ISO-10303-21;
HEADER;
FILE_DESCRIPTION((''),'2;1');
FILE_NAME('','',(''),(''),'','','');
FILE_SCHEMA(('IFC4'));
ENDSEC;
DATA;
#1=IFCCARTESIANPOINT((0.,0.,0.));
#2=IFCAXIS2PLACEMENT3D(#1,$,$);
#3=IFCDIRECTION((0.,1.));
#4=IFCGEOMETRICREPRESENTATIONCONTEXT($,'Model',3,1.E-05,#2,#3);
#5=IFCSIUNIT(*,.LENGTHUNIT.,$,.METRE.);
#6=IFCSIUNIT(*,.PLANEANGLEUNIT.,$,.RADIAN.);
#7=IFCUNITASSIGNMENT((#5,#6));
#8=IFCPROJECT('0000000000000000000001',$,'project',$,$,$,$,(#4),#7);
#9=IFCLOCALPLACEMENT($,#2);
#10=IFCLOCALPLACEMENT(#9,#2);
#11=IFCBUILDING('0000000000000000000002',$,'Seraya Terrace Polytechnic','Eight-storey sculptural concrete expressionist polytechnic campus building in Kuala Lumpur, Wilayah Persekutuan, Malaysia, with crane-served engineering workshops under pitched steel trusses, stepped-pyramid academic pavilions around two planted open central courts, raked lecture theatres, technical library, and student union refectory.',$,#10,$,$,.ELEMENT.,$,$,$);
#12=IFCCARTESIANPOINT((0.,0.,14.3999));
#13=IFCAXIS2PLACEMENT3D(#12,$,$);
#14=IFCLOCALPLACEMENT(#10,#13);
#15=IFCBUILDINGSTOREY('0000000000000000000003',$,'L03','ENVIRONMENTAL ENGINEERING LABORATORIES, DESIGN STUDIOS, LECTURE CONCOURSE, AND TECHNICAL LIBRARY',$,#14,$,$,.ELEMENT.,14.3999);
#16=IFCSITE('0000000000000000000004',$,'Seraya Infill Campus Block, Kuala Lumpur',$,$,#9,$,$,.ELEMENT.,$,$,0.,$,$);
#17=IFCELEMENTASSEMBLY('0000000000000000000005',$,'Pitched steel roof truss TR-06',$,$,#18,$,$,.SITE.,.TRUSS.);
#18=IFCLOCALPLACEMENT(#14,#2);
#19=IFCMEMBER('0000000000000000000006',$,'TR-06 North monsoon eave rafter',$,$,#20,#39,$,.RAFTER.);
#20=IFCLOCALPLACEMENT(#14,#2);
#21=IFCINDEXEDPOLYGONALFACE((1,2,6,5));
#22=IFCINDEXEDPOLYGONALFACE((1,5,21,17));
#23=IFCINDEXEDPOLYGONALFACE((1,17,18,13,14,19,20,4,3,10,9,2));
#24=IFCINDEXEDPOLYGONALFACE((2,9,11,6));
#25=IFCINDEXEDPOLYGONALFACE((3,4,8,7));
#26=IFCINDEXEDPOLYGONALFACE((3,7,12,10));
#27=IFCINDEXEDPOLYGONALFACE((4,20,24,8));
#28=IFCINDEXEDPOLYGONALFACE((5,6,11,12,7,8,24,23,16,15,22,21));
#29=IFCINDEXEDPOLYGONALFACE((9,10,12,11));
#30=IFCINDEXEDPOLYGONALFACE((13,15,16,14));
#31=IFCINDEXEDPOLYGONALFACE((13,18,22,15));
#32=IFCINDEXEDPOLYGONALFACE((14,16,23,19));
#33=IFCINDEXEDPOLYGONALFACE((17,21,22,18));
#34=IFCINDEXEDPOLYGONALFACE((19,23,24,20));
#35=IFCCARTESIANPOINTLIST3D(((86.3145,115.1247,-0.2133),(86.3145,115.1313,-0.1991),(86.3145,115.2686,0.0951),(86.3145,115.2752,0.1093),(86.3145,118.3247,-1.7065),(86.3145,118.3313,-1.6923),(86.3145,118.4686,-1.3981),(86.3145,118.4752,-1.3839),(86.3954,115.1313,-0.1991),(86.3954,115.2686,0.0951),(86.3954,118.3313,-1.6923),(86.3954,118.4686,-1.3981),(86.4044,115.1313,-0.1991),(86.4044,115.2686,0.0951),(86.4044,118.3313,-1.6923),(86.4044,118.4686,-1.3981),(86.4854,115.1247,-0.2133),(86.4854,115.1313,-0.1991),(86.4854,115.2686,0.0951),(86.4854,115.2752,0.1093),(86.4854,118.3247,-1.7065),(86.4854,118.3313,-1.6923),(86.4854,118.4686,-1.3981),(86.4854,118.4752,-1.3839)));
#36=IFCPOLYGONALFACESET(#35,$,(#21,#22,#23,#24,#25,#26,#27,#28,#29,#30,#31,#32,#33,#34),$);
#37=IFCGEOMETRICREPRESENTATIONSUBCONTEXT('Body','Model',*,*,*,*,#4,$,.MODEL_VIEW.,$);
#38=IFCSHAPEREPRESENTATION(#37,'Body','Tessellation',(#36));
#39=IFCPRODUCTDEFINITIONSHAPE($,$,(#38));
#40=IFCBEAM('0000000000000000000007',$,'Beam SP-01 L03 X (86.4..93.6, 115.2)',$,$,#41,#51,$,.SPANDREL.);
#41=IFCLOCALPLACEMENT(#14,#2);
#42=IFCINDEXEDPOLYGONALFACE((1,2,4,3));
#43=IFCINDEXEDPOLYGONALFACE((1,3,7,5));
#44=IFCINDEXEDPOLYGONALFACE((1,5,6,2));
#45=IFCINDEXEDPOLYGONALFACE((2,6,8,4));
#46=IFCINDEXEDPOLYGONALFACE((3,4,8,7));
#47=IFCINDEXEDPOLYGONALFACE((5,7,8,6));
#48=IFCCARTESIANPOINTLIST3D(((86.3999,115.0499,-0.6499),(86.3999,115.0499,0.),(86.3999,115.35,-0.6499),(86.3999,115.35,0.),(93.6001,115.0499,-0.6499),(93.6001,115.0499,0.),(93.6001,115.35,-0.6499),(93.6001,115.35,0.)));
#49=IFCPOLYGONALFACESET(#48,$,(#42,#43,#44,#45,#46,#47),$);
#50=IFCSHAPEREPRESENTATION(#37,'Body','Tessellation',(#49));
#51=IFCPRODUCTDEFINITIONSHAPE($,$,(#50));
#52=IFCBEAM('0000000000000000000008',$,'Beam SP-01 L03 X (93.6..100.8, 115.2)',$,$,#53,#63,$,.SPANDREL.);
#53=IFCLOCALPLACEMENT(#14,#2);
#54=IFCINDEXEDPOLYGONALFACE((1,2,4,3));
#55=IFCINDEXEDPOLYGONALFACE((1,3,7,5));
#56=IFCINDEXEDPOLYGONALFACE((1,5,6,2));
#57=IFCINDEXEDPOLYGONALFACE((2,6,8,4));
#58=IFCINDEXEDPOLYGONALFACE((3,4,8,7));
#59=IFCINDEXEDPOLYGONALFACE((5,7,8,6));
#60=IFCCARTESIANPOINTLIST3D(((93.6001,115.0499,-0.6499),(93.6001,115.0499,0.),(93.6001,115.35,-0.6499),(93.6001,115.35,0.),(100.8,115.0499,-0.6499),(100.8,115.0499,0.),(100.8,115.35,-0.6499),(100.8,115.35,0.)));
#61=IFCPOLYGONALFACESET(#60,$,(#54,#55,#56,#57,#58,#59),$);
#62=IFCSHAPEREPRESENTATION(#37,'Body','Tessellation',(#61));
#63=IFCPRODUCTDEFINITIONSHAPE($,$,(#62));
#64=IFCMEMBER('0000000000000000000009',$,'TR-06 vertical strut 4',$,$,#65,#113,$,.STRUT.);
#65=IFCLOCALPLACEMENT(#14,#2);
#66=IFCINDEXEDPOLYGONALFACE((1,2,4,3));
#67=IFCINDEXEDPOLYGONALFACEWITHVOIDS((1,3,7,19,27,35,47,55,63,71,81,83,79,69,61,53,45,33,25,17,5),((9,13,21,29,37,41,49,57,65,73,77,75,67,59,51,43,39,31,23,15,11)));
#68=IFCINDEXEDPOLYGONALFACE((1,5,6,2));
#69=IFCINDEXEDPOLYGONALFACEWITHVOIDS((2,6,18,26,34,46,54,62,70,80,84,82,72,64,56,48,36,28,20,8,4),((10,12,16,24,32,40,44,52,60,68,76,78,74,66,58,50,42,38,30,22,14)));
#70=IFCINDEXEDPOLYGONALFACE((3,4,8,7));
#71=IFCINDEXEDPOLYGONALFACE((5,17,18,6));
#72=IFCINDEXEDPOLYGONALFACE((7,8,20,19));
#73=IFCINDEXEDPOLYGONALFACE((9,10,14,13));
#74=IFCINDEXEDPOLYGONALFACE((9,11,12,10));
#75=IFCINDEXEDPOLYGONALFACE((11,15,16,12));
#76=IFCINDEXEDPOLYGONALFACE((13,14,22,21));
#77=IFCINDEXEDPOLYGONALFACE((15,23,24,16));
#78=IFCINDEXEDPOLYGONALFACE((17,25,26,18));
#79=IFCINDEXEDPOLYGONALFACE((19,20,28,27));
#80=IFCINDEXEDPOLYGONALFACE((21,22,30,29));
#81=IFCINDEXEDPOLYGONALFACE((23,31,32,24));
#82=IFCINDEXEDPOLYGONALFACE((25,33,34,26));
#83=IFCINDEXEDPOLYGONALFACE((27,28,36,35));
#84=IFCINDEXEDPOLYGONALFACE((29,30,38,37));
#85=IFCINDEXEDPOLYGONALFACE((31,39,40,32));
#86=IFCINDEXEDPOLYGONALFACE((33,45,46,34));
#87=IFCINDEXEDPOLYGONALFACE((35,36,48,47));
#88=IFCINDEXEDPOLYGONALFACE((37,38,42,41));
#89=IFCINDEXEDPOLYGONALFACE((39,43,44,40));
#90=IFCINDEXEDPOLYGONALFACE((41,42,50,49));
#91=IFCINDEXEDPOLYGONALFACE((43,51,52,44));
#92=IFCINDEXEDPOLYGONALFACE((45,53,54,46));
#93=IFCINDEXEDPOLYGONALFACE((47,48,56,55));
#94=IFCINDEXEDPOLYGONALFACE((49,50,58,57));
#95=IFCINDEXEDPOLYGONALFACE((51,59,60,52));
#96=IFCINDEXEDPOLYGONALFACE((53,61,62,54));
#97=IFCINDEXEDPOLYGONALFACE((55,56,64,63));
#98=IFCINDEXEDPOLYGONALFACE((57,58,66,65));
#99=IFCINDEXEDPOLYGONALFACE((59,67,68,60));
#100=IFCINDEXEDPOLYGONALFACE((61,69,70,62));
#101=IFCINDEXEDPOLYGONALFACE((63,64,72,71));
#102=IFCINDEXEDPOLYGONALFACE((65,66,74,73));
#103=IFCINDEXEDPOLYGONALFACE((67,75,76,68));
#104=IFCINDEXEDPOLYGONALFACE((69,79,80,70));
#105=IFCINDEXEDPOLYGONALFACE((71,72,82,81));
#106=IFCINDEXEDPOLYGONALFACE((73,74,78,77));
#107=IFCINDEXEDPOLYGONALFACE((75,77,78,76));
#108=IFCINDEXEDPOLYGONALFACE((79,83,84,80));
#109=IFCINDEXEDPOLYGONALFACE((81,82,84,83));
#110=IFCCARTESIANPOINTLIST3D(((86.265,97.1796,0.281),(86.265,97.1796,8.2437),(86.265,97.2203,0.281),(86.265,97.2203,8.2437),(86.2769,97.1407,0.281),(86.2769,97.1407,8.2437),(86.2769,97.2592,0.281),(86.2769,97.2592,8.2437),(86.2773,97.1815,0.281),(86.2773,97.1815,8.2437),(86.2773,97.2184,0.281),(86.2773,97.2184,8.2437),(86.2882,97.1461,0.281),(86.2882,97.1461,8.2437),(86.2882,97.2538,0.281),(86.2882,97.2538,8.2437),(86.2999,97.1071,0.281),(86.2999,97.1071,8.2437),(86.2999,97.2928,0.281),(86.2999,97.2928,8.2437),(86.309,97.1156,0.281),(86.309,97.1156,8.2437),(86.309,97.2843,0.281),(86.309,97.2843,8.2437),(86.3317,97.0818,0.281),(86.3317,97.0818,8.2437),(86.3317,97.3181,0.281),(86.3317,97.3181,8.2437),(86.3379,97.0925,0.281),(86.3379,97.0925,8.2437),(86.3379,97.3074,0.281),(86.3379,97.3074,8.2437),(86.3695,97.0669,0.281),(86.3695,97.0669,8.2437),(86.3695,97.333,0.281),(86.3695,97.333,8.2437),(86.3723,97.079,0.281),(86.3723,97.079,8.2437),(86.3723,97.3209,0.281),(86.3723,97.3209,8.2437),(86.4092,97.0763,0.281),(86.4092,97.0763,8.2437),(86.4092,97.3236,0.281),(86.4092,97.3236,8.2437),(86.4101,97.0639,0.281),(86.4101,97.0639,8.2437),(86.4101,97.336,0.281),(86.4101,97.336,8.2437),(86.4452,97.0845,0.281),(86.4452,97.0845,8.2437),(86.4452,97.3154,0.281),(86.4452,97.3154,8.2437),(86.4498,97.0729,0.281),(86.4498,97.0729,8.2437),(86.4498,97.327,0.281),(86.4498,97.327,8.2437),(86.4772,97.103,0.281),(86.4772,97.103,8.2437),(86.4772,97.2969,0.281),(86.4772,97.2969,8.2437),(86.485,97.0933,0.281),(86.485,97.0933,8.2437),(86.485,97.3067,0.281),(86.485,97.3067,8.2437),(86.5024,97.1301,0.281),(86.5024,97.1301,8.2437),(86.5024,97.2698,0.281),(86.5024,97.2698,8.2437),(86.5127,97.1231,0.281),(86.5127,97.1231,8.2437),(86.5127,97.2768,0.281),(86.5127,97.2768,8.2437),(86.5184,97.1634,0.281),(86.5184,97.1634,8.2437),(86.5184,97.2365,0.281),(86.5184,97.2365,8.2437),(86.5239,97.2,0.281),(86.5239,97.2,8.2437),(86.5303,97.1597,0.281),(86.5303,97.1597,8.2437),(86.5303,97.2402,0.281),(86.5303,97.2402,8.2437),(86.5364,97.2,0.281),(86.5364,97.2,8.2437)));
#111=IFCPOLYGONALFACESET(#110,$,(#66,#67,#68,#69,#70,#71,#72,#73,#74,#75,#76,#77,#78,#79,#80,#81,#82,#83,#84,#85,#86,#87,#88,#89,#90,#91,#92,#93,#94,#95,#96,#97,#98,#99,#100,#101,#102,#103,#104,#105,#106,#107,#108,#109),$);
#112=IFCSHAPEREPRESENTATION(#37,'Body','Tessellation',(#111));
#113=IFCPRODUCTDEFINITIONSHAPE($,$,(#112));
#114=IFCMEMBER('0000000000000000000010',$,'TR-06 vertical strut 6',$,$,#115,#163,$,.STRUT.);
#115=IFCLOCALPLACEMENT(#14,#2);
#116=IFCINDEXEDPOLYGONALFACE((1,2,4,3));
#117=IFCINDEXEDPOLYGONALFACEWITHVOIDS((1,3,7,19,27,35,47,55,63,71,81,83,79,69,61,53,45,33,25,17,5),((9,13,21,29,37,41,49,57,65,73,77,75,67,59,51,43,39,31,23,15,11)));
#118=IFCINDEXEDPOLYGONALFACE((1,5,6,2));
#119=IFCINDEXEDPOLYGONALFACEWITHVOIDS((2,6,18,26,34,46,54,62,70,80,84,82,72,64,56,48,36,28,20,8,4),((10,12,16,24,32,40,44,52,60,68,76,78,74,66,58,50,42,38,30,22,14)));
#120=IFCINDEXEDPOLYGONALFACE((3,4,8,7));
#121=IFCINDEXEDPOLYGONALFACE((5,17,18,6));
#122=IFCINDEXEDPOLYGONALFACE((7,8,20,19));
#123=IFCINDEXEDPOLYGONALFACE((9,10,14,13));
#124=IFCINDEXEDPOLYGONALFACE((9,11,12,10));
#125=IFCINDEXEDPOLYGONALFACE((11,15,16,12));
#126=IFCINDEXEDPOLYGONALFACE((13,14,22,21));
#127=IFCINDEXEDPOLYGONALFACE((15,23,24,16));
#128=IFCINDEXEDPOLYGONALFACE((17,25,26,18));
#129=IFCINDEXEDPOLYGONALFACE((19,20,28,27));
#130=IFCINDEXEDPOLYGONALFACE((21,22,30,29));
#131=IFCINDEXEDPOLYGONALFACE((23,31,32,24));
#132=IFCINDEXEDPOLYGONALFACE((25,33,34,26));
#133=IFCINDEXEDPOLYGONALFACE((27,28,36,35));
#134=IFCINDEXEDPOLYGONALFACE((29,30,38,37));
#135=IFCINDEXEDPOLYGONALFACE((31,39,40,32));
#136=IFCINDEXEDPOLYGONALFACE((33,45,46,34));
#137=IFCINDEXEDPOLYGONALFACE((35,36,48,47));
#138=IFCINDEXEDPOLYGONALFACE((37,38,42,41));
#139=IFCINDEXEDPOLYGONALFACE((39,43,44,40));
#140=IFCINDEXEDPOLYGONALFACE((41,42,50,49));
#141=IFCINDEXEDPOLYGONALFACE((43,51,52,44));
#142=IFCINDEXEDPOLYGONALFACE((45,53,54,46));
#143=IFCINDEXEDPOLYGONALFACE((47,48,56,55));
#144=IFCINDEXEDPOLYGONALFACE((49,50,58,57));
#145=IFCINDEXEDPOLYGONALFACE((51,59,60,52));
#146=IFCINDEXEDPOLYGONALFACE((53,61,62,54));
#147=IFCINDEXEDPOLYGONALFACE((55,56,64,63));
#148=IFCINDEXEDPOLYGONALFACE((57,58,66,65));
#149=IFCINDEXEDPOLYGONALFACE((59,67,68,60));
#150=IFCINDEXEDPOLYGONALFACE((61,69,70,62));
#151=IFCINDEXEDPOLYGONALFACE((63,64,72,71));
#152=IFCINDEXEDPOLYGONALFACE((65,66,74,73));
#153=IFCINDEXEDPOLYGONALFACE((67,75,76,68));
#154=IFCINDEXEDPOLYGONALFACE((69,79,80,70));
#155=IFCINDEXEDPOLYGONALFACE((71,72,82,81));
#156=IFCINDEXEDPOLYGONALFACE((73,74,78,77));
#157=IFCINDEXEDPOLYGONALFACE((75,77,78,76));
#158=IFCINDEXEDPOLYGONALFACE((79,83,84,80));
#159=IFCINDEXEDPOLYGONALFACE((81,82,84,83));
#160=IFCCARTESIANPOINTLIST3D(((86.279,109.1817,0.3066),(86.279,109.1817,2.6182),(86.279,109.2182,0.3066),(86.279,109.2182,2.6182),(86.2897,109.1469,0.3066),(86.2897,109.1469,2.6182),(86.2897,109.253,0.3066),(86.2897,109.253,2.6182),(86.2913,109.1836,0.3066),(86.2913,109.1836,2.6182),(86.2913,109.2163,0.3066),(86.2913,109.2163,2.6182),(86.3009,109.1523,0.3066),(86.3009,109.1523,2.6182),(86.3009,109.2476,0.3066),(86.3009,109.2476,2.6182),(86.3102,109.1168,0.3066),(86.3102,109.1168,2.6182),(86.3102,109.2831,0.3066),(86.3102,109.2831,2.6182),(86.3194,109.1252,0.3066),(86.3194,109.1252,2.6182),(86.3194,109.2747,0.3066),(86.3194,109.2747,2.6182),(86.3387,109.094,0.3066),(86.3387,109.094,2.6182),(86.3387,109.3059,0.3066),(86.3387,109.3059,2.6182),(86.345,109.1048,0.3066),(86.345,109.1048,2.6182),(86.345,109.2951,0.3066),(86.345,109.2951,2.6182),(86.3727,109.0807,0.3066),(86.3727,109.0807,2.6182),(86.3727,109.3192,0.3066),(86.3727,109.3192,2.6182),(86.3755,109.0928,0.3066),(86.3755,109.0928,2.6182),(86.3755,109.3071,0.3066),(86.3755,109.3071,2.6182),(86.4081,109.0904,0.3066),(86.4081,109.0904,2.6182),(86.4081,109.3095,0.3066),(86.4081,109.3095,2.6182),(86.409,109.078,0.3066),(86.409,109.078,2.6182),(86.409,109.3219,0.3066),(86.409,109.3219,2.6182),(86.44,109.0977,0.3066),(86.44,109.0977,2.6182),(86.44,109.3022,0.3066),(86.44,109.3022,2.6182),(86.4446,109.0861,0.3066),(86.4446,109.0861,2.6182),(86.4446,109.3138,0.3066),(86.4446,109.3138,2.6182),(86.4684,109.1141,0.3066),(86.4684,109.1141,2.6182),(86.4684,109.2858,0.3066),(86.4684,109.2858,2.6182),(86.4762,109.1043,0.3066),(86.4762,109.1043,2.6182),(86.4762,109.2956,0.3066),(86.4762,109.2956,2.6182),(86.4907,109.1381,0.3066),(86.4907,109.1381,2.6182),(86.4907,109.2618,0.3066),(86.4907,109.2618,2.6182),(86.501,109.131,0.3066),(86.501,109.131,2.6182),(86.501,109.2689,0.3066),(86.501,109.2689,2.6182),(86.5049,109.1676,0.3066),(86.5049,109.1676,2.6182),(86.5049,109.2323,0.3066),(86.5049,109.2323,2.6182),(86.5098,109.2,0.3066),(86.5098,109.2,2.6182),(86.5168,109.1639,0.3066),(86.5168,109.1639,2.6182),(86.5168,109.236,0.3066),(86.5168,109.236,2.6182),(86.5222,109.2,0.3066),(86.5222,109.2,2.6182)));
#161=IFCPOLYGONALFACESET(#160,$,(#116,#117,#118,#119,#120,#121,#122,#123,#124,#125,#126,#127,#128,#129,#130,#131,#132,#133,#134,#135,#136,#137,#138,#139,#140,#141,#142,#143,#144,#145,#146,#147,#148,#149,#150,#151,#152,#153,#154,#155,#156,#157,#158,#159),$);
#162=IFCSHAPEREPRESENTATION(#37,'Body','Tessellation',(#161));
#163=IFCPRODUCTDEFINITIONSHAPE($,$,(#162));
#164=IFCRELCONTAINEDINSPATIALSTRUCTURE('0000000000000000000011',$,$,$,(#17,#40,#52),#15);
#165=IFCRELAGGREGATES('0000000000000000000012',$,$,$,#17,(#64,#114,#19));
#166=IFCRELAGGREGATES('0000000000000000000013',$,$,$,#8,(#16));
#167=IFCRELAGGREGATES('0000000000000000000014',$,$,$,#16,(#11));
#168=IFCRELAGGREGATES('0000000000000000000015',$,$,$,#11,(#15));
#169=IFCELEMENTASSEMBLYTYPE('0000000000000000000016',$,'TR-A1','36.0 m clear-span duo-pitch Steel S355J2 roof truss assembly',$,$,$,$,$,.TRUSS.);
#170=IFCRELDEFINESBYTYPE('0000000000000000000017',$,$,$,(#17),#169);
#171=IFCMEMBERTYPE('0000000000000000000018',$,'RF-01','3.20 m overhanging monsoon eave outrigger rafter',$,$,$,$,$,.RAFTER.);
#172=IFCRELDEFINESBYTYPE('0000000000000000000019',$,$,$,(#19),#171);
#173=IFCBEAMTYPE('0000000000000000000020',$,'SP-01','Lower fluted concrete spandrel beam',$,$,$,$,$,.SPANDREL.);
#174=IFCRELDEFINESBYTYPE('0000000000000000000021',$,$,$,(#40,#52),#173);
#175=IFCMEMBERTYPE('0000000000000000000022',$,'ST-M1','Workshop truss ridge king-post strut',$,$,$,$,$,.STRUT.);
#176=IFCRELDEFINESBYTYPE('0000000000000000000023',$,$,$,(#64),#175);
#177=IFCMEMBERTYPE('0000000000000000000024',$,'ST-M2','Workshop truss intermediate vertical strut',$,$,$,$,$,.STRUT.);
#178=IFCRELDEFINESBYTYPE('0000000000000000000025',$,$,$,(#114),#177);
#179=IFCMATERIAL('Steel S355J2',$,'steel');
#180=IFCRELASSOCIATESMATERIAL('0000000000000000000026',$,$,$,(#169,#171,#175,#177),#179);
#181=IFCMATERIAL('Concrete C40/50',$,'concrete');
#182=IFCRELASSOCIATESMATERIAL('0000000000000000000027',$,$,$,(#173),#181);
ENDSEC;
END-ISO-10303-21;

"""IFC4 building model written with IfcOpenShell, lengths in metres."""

from ifc_helpers import new_model, si_unit, direction, frame, origin, origin_2d, place, context, subcontext, project, spatial, rectangle, hollow_circle, i_section, extrude, material, material_profile, profile_set, type_object, element, aggregate, save


model = new_model("IFC4")

# Units and contexts
model_context = context("Model", 3, precision=1e-05, world=origin(), true_north=direction((0.0, 1.0)))
body_context = subcontext(model_context, "Body", "Model", "MODEL_VIEW")
ifc_project = project(units=[si_unit("LENGTHUNIT", "METRE"), si_unit("PLANEANGLEUNIT", "RADIAN")], contexts=[model_context])

# Site, building, storey
site_placement = place(None, origin())
site = spatial("IfcSite", under=ifc_project, at=site_placement, Name="Seraya Infill Campus Block, Kuala Lumpur", CompositionType="ELEMENT", RefElevation=0.0)
building_placement = place(site_placement, origin())
building = spatial("IfcBuilding", under=site, at=building_placement, Name="Seraya Terrace Polytechnic", Description="Eight-storey sculptural concrete expressionist polytechnic campus building in Kuala Lumpur, Wilayah Persekutuan, Malaysia, with crane-served engineering workshops under pitched steel trusses, stepped-pyramid academic pavilions around two planted open central courts, raked lecture theatres, technical library, and student union refectory.", CompositionType="ELEMENT")
storey_placement = place(building_placement, frame((0.0, 0.0, 14.3999)))
storey = spatial("IfcBuildingStorey", under=building, at=storey_placement, Name="L03", Description="ENVIRONMENTAL ENGINEERING LABORATORIES, DESIGN STUDIOS, LECTURE CONCOURSE, AND TECHNICAL LIBRARY", CompositionType="ELEMENT", Elevation=14.3999)

# Element assembly
ifc_material_1 = material(Name="Steel S355J2", Category="steel")
element_assembly_type = type_object("IfcElementAssemblyType", Name="TR-A1", Description="36.0 m clear-span duo-pitch Steel S355J2 roof truss assembly", PredefinedType="TRUSS", material=ifc_material_1)
assembly_placement = place(storey_placement, origin())
assembly = element("IfcElementAssembly", 1, at=assembly_placement, inside=storey, type_object=element_assembly_type, Name="Pitched steel roof truss TR-06", AssemblyPlace="SITE", PredefinedType="TRUSS")

# Member
ifc_material_profile_1 = material_profile(ifc_material_1, i_section(OverallWidth=0.1709, OverallDepth=0.356, WebThickness=0.009, FlangeThickness=0.0156, at=origin_2d()), Name="UKB 356x171x9.1x15.7")
ifc_profile_set_1 = profile_set([ifc_material_profile_1], Name="Steel S355J2")
member_type_1 = type_object("IfcMemberType", Name="RF-01", Description="3.20 m overhanging monsoon eave outrigger rafter", PredefinedType="RAFTER", material=ifc_profile_set_1)
member_1_placement = place(storey_placement, frame((86.3999, 115.2, -0.052), z_axis=(0.0, 0.906199, -0.422851), x_axis=(-1.0, 0.0, 0.0)))
member_1 = element("IfcMember", 2, at=member_1_placement, type_object=member_type_1, Name="TR-06 North monsoon eave rafter", PredefinedType="RAFTER", context=body_context, shape_type="SweptSolid", body=[
    extrude(i_section(OverallWidth=0.1709, OverallDepth=0.356, WebThickness=0.009, FlangeThickness=0.0156, at=origin_2d()), origin(), (0.0, 0.0, 1.0), 3.5312),
])

# Beams
ifc_material_2 = material(Name="Concrete C40/50", Category="concrete")
ifc_material_profile_2 = material_profile(ifc_material_2, rectangle(XDim=0.3, YDim=0.6499, at=origin_2d()), Name="RC 300x650")
ifc_profile_set_2 = profile_set([ifc_material_profile_2], Name="Concrete C40/50")
beam_type = type_object("IfcBeamType", Name="SP-01", Description="Lower fluted concrete spandrel beam", PredefinedType="SPANDREL", material=ifc_profile_set_2)
beam_1_placement = place(storey_placement, frame((86.3999, 115.2, -0.325), z_axis=(1.0, 0.0, 0.0), x_axis=(0.0, 1.0, 0.0)))
element("IfcBeam", 3, at=beam_1_placement, inside=storey, type_object=beam_type, Name="Beam SP-01 L03 X (86.4..93.6, 115.2)", PredefinedType="SPANDREL", context=body_context, shape_type="SweptSolid", body=[
    extrude(rectangle(XDim=0.3, YDim=0.6499, at=origin_2d()), origin(), (0.0, 0.0, 1.0), 7.2002),
])
beam_2_placement = place(storey_placement, frame((93.6001, 115.2, -0.325), z_axis=(1.0, 0.0, 0.0), x_axis=(0.0, 1.0, 0.0)))
element("IfcBeam", 4, at=beam_2_placement, inside=storey, type_object=beam_type, Name="Beam SP-01 L03 X (93.6..100.8, 115.2)", PredefinedType="SPANDREL", context=body_context, shape_type="SweptSolid", body=[
    extrude(rectangle(XDim=0.3, YDim=0.6499, at=origin_2d()), origin(), (0.0, 0.0, 1.0), 7.2),
])

# Members
ifc_material_profile_3 = material_profile(ifc_material_1, hollow_circle(Radius=0.1365, WallThickness=0.0125, at=origin_2d()), Name="CHS 273.0x12.5")
ifc_profile_set_3 = profile_set([ifc_material_profile_3], Name="Steel S355J2")
member_type_2 = type_object("IfcMemberType", Name="ST-M1", Description="Workshop truss ridge king-post strut", PredefinedType="STRUT", material=ifc_profile_set_3)
member_2_placement = place(storey_placement, frame((86.3999, 97.2, 0.281), z_axis=(0.0, 0.0, 1.0), x_axis=(1.0, 0.0, 0.0)))
member_2 = element("IfcMember", 5, at=member_2_placement, type_object=member_type_2, Name="TR-06 vertical strut 4", PredefinedType="STRUT", context=body_context, shape_type="SweptSolid", body=[
    extrude(hollow_circle(Radius=0.1365, WallThickness=0.0125, at=origin_2d()), origin(), (0.0, 0.0, 1.0), 7.9626),
])
ifc_material_profile_4 = material_profile(ifc_material_1, hollow_circle(Radius=0.1223, WallThickness=0.0125, at=origin_2d()), Name="CHS 244.5x12.5")
ifc_profile_set_4 = profile_set([ifc_material_profile_4], Name="Steel S355J2")
member_type_3 = type_object("IfcMemberType", Name="ST-M2", Description="Workshop truss intermediate vertical strut", PredefinedType="STRUT", material=ifc_profile_set_4)
member_3_placement = place(storey_placement, frame((86.3999, 109.2, 0.3066), z_axis=(0.0, 0.0, 1.0), x_axis=(1.0, 0.0, 0.0)))
member_3 = element("IfcMember", 6, at=member_3_placement, type_object=member_type_3, Name="TR-06 vertical strut 6", PredefinedType="STRUT", context=body_context, shape_type="SweptSolid", body=[
    extrude(hollow_circle(Radius=0.1223, WallThickness=0.0125, at=origin_2d()), origin(), (0.0, 0.0, 1.0), 2.3115),
])

aggregate(assembly, [member_2, member_3, member_1])

save(model, "model.ifc")
